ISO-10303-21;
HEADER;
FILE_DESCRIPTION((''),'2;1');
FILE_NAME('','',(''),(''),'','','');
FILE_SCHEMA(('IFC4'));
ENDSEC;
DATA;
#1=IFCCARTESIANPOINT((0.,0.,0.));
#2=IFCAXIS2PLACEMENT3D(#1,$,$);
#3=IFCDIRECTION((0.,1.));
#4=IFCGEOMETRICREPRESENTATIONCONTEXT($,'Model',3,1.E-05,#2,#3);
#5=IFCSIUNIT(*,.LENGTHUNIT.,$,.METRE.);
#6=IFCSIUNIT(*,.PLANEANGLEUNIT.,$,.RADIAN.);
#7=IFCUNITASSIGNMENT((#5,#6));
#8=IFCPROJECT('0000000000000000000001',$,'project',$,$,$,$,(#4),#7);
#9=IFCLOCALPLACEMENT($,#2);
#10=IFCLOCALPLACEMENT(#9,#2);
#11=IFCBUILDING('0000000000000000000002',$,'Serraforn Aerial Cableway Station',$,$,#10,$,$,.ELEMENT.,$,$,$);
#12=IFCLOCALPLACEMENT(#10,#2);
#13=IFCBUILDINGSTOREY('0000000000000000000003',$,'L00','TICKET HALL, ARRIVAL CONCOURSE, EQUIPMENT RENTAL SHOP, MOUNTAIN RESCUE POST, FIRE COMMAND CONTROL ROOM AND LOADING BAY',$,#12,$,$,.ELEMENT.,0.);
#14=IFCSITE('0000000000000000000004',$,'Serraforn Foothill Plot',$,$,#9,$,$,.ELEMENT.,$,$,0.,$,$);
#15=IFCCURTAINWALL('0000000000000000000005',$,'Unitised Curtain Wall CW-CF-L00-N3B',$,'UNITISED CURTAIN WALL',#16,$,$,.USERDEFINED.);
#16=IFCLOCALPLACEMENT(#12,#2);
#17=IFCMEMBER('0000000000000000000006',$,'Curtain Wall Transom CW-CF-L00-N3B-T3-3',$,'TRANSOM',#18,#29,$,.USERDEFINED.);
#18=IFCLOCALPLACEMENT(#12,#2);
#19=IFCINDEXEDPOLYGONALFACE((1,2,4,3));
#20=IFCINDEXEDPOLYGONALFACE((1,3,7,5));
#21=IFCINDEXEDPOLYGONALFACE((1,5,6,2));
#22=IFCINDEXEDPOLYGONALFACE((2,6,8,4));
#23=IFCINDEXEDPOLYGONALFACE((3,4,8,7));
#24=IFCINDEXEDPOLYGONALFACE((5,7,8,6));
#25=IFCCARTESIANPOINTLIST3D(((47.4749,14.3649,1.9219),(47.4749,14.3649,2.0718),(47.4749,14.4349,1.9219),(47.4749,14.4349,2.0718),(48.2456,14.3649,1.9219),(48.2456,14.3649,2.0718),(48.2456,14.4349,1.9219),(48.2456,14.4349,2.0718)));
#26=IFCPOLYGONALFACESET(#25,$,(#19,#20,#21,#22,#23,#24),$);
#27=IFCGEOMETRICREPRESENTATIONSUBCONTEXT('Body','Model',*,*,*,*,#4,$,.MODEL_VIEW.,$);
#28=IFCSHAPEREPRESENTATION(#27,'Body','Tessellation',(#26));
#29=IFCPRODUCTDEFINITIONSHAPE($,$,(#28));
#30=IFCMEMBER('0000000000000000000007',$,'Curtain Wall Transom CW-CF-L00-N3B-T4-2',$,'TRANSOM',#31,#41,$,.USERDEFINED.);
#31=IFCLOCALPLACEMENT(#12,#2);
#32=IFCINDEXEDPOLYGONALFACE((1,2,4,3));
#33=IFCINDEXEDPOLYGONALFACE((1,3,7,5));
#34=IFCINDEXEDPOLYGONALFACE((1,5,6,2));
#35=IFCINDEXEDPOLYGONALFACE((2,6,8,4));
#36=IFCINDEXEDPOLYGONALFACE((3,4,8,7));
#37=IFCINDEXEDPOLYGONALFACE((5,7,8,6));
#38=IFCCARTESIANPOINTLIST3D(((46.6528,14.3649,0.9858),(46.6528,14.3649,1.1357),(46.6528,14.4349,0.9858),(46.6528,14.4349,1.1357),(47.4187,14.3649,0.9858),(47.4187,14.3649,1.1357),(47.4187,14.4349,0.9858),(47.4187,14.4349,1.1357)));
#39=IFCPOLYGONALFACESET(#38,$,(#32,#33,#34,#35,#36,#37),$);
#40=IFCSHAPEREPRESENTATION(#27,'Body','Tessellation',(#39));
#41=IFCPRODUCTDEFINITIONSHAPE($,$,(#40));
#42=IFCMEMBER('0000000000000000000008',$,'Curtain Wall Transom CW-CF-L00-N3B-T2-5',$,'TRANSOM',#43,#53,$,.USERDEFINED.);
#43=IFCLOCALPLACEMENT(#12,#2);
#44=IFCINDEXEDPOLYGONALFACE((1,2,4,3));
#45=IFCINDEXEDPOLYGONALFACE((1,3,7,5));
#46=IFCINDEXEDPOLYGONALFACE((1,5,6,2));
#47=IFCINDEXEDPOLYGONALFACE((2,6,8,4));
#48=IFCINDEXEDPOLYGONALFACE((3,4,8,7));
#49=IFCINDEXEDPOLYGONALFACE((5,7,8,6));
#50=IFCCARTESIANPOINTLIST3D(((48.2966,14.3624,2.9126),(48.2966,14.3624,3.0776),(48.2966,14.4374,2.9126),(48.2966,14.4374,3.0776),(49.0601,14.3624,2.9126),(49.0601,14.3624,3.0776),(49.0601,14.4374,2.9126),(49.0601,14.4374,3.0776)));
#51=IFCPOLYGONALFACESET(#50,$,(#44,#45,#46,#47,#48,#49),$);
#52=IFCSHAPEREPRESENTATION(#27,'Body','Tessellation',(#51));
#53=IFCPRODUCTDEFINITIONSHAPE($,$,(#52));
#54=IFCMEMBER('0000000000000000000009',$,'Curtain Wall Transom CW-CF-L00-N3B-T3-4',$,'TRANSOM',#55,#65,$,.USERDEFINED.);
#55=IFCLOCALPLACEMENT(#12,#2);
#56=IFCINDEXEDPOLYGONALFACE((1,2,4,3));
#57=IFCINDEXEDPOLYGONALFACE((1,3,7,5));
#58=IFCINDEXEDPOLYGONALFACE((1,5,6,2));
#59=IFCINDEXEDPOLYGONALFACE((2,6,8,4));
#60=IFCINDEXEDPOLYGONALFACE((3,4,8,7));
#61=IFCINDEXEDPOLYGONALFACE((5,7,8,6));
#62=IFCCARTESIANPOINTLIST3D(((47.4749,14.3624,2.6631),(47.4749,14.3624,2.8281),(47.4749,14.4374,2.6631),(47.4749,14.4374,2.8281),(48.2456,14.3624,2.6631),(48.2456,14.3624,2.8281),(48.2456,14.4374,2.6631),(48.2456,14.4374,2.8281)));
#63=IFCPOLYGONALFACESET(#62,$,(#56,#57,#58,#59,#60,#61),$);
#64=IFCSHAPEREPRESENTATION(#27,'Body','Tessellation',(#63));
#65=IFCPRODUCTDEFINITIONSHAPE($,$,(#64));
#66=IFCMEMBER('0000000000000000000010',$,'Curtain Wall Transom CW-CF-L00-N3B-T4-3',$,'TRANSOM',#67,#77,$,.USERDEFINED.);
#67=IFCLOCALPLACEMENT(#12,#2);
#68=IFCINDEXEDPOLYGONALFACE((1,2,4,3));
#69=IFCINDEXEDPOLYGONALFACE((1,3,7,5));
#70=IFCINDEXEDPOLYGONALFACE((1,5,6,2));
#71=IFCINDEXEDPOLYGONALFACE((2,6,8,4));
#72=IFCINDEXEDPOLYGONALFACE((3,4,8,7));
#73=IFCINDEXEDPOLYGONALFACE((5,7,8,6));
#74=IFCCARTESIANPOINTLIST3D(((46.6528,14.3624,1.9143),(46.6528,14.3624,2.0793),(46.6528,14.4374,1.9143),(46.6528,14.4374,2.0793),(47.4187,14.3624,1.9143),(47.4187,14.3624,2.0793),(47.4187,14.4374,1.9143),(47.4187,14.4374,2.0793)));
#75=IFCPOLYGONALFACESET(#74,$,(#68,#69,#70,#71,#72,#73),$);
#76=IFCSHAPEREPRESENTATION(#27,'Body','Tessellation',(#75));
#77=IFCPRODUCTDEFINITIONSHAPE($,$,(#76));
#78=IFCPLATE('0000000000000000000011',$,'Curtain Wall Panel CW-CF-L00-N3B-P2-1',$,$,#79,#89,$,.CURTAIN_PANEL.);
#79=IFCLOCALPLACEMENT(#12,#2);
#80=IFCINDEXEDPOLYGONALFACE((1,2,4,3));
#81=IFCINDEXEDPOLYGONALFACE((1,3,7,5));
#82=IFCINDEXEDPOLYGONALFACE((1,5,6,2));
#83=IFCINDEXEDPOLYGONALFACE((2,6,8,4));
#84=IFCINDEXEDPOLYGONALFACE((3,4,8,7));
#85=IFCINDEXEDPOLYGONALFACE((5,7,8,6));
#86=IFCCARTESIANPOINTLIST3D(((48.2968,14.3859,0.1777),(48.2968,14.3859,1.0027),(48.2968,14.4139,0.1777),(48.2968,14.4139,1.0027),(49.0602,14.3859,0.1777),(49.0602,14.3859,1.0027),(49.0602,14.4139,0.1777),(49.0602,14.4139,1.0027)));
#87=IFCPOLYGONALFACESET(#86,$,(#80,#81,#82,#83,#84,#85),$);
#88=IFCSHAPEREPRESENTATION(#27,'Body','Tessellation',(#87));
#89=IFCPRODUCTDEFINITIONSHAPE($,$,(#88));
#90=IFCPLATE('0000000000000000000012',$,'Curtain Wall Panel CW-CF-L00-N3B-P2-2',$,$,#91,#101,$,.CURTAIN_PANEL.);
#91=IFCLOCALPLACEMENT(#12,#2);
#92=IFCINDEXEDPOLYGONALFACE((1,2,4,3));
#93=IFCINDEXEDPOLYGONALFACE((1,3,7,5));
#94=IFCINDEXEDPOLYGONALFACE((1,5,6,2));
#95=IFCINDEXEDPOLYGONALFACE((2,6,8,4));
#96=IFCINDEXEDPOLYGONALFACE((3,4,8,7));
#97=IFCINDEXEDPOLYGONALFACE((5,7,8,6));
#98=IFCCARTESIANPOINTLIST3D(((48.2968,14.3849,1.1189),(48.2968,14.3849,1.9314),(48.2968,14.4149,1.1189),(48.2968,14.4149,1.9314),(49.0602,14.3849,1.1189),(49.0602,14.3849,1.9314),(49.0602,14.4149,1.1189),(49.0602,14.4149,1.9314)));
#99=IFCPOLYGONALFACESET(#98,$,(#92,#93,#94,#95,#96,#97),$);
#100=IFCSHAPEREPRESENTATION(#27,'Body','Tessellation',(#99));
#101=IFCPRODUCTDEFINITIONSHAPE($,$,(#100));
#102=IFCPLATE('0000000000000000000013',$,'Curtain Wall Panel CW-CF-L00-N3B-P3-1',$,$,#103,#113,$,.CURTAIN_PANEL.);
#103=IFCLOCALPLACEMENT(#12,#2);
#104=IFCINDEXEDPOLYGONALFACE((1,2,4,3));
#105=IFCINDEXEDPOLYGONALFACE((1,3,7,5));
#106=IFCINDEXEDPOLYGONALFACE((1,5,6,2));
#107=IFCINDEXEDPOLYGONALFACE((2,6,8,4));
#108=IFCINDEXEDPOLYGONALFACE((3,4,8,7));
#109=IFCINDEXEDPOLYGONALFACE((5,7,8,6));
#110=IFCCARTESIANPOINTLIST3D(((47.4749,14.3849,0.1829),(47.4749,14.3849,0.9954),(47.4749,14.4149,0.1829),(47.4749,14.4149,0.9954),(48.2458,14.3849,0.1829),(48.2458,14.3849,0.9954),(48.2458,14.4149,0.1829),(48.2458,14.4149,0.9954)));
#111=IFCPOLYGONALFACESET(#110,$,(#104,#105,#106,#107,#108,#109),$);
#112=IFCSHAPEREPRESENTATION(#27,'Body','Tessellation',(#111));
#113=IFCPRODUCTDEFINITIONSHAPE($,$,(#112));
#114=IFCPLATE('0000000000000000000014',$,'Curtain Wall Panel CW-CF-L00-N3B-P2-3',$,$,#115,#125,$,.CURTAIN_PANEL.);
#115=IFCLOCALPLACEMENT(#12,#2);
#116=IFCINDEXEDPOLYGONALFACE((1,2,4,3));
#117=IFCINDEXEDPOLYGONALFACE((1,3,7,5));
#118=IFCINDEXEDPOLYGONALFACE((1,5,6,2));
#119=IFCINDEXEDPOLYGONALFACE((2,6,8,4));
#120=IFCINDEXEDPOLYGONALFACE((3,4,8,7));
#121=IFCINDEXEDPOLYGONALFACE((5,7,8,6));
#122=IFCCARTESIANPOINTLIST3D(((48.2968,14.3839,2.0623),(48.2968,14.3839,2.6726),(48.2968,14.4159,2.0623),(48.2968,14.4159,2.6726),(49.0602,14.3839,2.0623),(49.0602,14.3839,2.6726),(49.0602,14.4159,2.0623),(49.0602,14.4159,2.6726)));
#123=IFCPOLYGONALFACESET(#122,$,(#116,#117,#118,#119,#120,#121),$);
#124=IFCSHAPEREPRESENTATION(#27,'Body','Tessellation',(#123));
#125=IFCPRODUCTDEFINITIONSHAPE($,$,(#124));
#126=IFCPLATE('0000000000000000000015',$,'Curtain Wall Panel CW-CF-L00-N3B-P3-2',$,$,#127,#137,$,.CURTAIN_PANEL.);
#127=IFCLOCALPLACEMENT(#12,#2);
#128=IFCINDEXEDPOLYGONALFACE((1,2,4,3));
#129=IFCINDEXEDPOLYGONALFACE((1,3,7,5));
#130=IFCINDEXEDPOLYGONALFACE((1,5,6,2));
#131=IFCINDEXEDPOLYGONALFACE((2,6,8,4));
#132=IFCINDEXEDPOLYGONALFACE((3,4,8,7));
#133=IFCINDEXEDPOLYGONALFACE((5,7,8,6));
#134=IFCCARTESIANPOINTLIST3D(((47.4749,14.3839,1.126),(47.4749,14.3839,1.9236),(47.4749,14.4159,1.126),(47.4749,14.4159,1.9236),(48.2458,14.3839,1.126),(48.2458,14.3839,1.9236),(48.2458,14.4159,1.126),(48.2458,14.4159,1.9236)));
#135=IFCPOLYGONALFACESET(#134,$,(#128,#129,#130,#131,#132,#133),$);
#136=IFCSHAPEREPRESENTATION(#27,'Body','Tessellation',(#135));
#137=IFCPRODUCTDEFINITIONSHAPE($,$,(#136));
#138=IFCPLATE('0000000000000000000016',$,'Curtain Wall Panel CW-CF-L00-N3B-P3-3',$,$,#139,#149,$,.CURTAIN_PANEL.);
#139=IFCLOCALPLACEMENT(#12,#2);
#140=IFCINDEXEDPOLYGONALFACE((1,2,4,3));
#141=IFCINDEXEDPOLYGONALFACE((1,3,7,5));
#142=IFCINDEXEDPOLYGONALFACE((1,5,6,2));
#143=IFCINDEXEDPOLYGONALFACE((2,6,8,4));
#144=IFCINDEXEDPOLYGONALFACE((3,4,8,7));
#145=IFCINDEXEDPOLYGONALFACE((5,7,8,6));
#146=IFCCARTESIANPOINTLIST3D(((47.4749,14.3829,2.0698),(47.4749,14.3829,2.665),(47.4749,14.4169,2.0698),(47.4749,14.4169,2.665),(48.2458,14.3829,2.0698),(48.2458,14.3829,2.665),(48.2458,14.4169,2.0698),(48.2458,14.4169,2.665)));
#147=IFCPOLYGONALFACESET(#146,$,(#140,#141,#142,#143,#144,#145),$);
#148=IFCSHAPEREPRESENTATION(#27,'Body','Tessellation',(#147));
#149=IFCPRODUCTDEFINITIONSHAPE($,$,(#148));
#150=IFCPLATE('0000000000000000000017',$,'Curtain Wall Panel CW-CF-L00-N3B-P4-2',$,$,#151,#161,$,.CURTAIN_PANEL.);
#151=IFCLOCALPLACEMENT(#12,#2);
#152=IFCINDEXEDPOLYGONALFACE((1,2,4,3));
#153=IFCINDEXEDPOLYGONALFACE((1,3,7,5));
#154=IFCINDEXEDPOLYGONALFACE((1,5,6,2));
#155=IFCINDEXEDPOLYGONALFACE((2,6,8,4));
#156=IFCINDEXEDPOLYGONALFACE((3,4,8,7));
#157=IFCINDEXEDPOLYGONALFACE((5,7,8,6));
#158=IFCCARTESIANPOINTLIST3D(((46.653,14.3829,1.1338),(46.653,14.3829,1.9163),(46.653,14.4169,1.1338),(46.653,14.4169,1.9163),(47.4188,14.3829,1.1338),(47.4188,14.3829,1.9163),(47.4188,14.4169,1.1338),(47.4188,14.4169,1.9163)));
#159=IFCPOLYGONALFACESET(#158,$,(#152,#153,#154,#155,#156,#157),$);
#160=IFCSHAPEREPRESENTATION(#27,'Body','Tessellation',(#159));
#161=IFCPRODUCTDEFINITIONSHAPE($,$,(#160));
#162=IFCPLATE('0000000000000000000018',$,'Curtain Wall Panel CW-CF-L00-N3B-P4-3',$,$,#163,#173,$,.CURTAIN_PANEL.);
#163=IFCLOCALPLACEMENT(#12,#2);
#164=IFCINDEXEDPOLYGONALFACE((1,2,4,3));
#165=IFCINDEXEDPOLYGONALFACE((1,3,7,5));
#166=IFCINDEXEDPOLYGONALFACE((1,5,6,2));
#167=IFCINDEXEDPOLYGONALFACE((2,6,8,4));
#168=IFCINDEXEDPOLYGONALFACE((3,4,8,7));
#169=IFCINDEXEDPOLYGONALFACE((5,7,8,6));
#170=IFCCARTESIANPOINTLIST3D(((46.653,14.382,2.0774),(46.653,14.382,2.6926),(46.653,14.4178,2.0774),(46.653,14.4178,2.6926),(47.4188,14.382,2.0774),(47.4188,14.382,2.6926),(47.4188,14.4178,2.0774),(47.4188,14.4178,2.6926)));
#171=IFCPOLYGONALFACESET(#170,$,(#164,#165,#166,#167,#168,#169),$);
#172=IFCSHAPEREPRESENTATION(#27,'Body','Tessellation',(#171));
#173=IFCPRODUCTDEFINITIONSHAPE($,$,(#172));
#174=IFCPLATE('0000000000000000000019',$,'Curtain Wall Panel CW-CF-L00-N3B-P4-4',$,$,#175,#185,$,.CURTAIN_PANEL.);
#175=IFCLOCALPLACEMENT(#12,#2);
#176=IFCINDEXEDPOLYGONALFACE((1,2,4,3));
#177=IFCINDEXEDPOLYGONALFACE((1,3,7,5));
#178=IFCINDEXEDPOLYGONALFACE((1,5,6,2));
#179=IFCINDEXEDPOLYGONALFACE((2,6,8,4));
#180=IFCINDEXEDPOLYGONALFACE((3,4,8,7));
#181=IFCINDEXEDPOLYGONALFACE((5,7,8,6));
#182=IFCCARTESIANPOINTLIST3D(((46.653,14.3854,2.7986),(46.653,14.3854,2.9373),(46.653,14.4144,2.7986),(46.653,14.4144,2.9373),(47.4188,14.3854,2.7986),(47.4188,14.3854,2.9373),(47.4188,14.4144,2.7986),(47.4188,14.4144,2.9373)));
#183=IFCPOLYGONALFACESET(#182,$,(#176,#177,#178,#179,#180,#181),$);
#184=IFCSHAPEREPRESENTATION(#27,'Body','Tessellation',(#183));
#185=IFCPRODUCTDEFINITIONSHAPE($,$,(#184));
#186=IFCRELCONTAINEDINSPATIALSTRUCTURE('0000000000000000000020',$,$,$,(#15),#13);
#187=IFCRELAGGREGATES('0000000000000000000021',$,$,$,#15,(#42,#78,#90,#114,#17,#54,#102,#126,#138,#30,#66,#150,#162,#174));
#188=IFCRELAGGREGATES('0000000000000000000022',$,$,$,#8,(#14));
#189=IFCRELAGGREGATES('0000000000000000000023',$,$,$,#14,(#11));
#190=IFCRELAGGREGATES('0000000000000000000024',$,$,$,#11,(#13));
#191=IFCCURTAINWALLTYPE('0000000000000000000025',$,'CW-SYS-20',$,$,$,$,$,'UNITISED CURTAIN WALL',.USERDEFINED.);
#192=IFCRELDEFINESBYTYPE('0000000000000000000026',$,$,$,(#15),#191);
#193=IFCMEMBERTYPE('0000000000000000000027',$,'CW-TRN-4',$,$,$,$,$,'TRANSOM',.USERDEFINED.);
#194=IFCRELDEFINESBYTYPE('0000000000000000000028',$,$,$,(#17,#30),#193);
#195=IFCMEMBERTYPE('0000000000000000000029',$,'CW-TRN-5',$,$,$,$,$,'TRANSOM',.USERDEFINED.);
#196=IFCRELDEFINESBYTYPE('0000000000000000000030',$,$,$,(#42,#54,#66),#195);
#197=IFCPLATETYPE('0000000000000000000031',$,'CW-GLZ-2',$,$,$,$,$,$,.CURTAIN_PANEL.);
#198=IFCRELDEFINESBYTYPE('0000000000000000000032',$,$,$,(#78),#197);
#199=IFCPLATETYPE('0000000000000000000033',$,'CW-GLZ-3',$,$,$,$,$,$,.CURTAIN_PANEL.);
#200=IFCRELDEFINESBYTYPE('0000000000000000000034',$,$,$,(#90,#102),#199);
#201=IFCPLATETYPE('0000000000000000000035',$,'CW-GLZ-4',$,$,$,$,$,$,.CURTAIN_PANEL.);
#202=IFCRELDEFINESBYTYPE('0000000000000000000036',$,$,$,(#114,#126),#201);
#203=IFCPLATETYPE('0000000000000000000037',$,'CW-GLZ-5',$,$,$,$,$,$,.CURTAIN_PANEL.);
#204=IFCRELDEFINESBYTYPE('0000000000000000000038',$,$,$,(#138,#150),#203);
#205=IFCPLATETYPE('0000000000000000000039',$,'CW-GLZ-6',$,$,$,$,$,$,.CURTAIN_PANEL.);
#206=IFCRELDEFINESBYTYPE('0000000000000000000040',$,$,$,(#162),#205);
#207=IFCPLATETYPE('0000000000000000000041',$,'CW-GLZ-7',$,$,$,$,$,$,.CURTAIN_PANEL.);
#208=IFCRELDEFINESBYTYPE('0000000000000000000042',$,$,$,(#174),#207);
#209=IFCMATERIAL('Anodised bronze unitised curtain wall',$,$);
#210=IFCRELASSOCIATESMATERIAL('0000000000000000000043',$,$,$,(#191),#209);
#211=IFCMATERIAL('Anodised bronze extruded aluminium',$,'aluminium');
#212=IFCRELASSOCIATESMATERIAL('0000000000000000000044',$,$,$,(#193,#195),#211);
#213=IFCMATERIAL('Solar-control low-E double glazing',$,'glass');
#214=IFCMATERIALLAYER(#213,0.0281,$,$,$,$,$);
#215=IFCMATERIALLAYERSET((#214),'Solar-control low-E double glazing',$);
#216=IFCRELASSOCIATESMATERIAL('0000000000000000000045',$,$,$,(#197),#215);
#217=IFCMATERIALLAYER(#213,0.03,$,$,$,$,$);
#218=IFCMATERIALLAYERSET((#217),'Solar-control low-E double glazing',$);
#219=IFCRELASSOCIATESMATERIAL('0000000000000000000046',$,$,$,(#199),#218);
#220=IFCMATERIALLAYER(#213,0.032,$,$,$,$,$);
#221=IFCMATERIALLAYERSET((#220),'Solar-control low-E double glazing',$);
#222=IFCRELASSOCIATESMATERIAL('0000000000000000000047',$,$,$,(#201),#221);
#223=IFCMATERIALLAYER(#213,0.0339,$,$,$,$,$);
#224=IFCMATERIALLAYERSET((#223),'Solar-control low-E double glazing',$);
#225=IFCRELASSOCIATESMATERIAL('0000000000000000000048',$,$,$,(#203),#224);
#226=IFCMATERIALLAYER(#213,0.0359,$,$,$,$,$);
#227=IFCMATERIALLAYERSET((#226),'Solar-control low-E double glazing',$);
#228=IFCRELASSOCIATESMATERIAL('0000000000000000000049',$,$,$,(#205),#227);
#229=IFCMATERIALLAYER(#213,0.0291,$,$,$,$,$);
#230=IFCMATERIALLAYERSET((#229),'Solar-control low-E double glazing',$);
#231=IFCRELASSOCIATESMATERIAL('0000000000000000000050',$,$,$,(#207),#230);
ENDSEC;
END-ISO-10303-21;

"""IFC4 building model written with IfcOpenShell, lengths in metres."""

from ifc_helpers import new_model, si_unit, direction, frame, origin, origin_2d, place, context, subcontext, project, spatial, rectangle, extrude, material, layer, layer_set, material_profile, profile_set, type_object, element, aggregate, save


model = new_model("IFC4")

# Units and contexts
model_context = context("Model", 3, precision=1e-05, world=origin(), true_north=direction((0.0, 1.0)))
body_context = subcontext(model_context, "Body", "Model", "MODEL_VIEW")
ifc_project = project(units=[si_unit("LENGTHUNIT", "METRE"), si_unit("PLANEANGLEUNIT", "RADIAN")], contexts=[model_context])

# Site, building, storey
site_placement = place(None, origin())
site = spatial("IfcSite", under=ifc_project, at=site_placement, Name="Serraforn Foothill Plot", CompositionType="ELEMENT", RefElevation=0.0)
building_placement = place(site_placement, origin())
building = spatial("IfcBuilding", under=site, at=building_placement, Name="Serraforn Aerial Cableway Station", CompositionType="ELEMENT")
storey_placement = place(building_placement, origin())
storey = spatial("IfcBuildingStorey", under=building, at=storey_placement, Name="L00", Description="TICKET HALL, ARRIVAL CONCOURSE, EQUIPMENT RENTAL SHOP, MOUNTAIN RESCUE POST, FIRE COMMAND CONTROL ROOM AND LOADING BAY", CompositionType="ELEMENT", Elevation=0.0)

# Curtain wall, members, plates
ifc_material_1 = material(Name="Anodised bronze unitised curtain wall")
curtain_wall_type = type_object("IfcCurtainWallType", Name="CW-SYS-20", ElementType="UNITISED CURTAIN WALL", PredefinedType="USERDEFINED", material=ifc_material_1)
curtain_wall_placement = place(storey_placement, origin())
curtain_wall = element("IfcCurtainWall", 1, at=curtain_wall_placement, inside=storey, type_object=curtain_wall_type, Name="Unitised Curtain Wall CW-CF-L00-N3B", ObjectType="UNITISED CURTAIN WALL", PredefinedType="USERDEFINED")
ifc_material_2 = material(Name="Anodised bronze extruded aluminium", Category="aluminium")
ifc_material_profile_1 = material_profile(ifc_material_2, rectangle(XDim=0.0701, YDim=0.1499, at=origin_2d()), Name="CW TRANSOM 70x150")
ifc_profile_set_1 = profile_set([ifc_material_profile_1], Name="Anodised bronze extruded aluminium")
member_type_1 = type_object("IfcMemberType", Name="CW-TRN-4", ElementType="TRANSOM", PredefinedType="USERDEFINED", material=ifc_profile_set_1)
member_1_placement = place(storey_placement, frame((48.2456, 14.3999, 1.9968), z_axis=(-1.0, 0.0, 0.0), x_axis=(0.0, -1.0, 0.0)))
member_1 = element("IfcMember", 2, at=member_1_placement, type_object=member_type_1, Name="Curtain Wall Transom CW-CF-L00-N3B-T3-3", ObjectType="TRANSOM", PredefinedType="USERDEFINED", context=body_context, shape_type="SweptSolid", body=[
    extrude(rectangle(XDim=0.0701, YDim=0.1499, at=origin_2d()), origin(), (0.0, 0.0, 1.0), 0.7708),
])
member_2_placement = place(storey_placement, frame((47.4187, 14.3999, 1.0608), z_axis=(-1.0, 0.0, 0.0), x_axis=(0.0, -1.0, 0.0)))
member_2 = element("IfcMember", 3, at=member_2_placement, type_object=member_type_1, Name="Curtain Wall Transom CW-CF-L00-N3B-T4-2", ObjectType="TRANSOM", PredefinedType="USERDEFINED", context=body_context, shape_type="SweptSolid", body=[
    extrude(rectangle(XDim=0.0701, YDim=0.1499, at=origin_2d()), origin(), (0.0, 0.0, 1.0), 0.7659),
])
ifc_material_profile_2 = material_profile(ifc_material_2, rectangle(XDim=0.075, YDim=0.165, at=origin_2d()), Name="CW TRANSOM 75x165")
ifc_profile_set_2 = profile_set([ifc_material_profile_2], Name="Anodised bronze extruded aluminium")
member_type_2 = type_object("IfcMemberType", Name="CW-TRN-5", ElementType="TRANSOM", PredefinedType="USERDEFINED", material=ifc_profile_set_2)
member_3_placement = place(storey_placement, frame((49.0601, 14.3999, 2.9951), z_axis=(-1.0, 0.0, 0.0), x_axis=(0.0, -1.0, 0.0)))
member_3 = element("IfcMember", 4, at=member_3_placement, type_object=member_type_2, Name="Curtain Wall Transom CW-CF-L00-N3B-T2-5", ObjectType="TRANSOM", PredefinedType="USERDEFINED", context=body_context, shape_type="SweptSolid", body=[
    extrude(rectangle(XDim=0.075, YDim=0.165, at=origin_2d()), origin(), (0.0, 0.0, 1.0), 0.7634),
])
member_4_placement = place(storey_placement, frame((48.2456, 14.3999, 2.7456), z_axis=(-1.0, 0.0, 0.0), x_axis=(0.0, -1.0, 0.0)))
member_4 = element("IfcMember", 5, at=member_4_placement, type_object=member_type_2, Name="Curtain Wall Transom CW-CF-L00-N3B-T3-4", ObjectType="TRANSOM", PredefinedType="USERDEFINED", context=body_context, shape_type="SweptSolid", body=[
    extrude(rectangle(XDim=0.075, YDim=0.165, at=origin_2d()), origin(), (0.0, 0.0, 1.0), 0.7708),
])
member_5_placement = place(storey_placement, frame((47.4187, 14.3999, 1.9968), z_axis=(-1.0, 0.0, 0.0), x_axis=(0.0, -1.0, 0.0)))
member_5 = element("IfcMember", 6, at=member_5_placement, type_object=member_type_2, Name="Curtain Wall Transom CW-CF-L00-N3B-T4-3", ObjectType="TRANSOM", PredefinedType="USERDEFINED", context=body_context, shape_type="SweptSolid", body=[
    extrude(rectangle(XDim=0.075, YDim=0.165, at=origin_2d()), origin(), (0.0, 0.0, 1.0), 0.7659),
])
ifc_material_3 = material(Name="Solar-control low-E double glazing", Category="glass")
ifc_layer_1 = layer(ifc_material_3, 0.0281)
ifc_layer_set_1 = layer_set([ifc_layer_1], Name="Solar-control low-E double glazing")
plate_type_1 = type_object("IfcPlateType", Name="CW-GLZ-2", PredefinedType="CURTAIN_PANEL", material=ifc_layer_set_1)
plate_1_placement = place(storey_placement, frame((48.6785, 14.3999, 0.1777), z_axis=(0.0, 0.0, 1.0), x_axis=(1.0, 0.0, 0.0)))
plate_1 = element("IfcPlate", 7, at=plate_1_placement, type_object=plate_type_1, Name="Curtain Wall Panel CW-CF-L00-N3B-P2-1", PredefinedType="CURTAIN_PANEL", context=body_context, shape_type="SweptSolid", body=[
    extrude(rectangle(XDim=0.7634, YDim=0.0281, at=origin_2d()), origin(), (0.0, 0.0, 1.0), 0.825),
])
ifc_layer_2 = layer(ifc_material_3, 0.03)
ifc_layer_set_2 = layer_set([ifc_layer_2], Name="Solar-control low-E double glazing")
plate_type_2 = type_object("IfcPlateType", Name="CW-GLZ-3", PredefinedType="CURTAIN_PANEL", material=ifc_layer_set_2)
plate_2_placement = place(storey_placement, frame((48.6785, 14.3999, 1.1189), z_axis=(0.0, 0.0, 1.0), x_axis=(1.0, 0.0, 0.0)))
plate_2 = element("IfcPlate", 8, at=plate_2_placement, type_object=plate_type_2, Name="Curtain Wall Panel CW-CF-L00-N3B-P2-2", PredefinedType="CURTAIN_PANEL", context=body_context, shape_type="SweptSolid", body=[
    extrude(rectangle(XDim=0.7634, YDim=0.03, at=origin_2d()), origin(), (0.0, 0.0, 1.0), 0.8125),
])
plate_3_placement = place(storey_placement, frame((47.8604, 14.3999, 0.1829), z_axis=(0.0, 0.0, 1.0), x_axis=(1.0, 0.0, 0.0)))
plate_3 = element("IfcPlate", 9, at=plate_3_placement, type_object=plate_type_2, Name="Curtain Wall Panel CW-CF-L00-N3B-P3-1", PredefinedType="CURTAIN_PANEL", context=body_context, shape_type="SweptSolid", body=[
    extrude(rectangle(XDim=0.771, YDim=0.03, at=origin_2d()), origin(), (0.0, 0.0, 1.0), 0.8125),
])
ifc_layer_3 = layer(ifc_material_3, 0.032)
ifc_layer_set_3 = layer_set([ifc_layer_3], Name="Solar-control low-E double glazing")
plate_type_3 = type_object("IfcPlateType", Name="CW-GLZ-4", PredefinedType="CURTAIN_PANEL", material=ifc_layer_set_3)
plate_4_placement = place(storey_placement, frame((48.6785, 14.3999, 2.0623), z_axis=(0.0, 0.0, 1.0), x_axis=(1.0, 0.0, 0.0)))
plate_4 = element("IfcPlate", 10, at=plate_4_placement, type_object=plate_type_3, Name="Curtain Wall Panel CW-CF-L00-N3B-P2-3", PredefinedType="CURTAIN_PANEL", context=body_context, shape_type="SweptSolid", body=[
    extrude(rectangle(XDim=0.7634, YDim=0.032, at=origin_2d()), origin(), (0.0, 0.0, 1.0), 0.6104),
])
plate_5_placement = place(storey_placement, frame((47.8604, 14.3999, 1.126), z_axis=(0.0, 0.0, 1.0), x_axis=(1.0, 0.0, 0.0)))
plate_5 = element("IfcPlate", 11, at=plate_5_placement, type_object=plate_type_3, Name="Curtain Wall Panel CW-CF-L00-N3B-P3-2", PredefinedType="CURTAIN_PANEL", context=body_context, shape_type="SweptSolid", body=[
    extrude(rectangle(XDim=0.771, YDim=0.032, at=origin_2d()), origin(), (0.0, 0.0, 1.0), 0.7976),
])
ifc_layer_4 = layer(ifc_material_3, 0.0339)
ifc_layer_set_4 = layer_set([ifc_layer_4], Name="Solar-control low-E double glazing")
plate_type_4 = type_object("IfcPlateType", Name="CW-GLZ-5", PredefinedType="CURTAIN_PANEL", material=ifc_layer_set_4)
plate_6_placement = place(storey_placement, frame((47.8604, 14.3999, 2.0698), z_axis=(0.0, 0.0, 1.0), x_axis=(1.0, 0.0, 0.0)))
plate_6 = element("IfcPlate", 12, at=plate_6_placement, type_object=plate_type_4, Name="Curtain Wall Panel CW-CF-L00-N3B-P3-3", PredefinedType="CURTAIN_PANEL", context=body_context, shape_type="SweptSolid", body=[
    extrude(rectangle(XDim=0.771, YDim=0.0339, at=origin_2d()), origin(), (0.0, 0.0, 1.0), 0.5952),
])
plate_7_placement = place(storey_placement, frame((47.0359, 14.3999, 1.1338), z_axis=(0.0, 0.0, 1.0), x_axis=(1.0, 0.0, 0.0)))
plate_7 = element("IfcPlate", 13, at=plate_7_placement, type_object=plate_type_4, Name="Curtain Wall Panel CW-CF-L00-N3B-P4-2", PredefinedType="CURTAIN_PANEL", context=body_context, shape_type="SweptSolid", body=[
    extrude(rectangle(XDim=0.7659, YDim=0.0339, at=origin_2d()), origin(), (0.0, 0.0, 1.0), 0.7825),
])
ifc_layer_5 = layer(ifc_material_3, 0.0359)
ifc_layer_set_5 = layer_set([ifc_layer_5], Name="Solar-control low-E double glazing")
plate_type_5 = type_object("IfcPlateType", Name="CW-GLZ-6", PredefinedType="CURTAIN_PANEL", material=ifc_layer_set_5)
plate_8_placement = place(storey_placement, frame((47.0359, 14.3999, 2.0774), z_axis=(0.0, 0.0, 1.0), x_axis=(1.0, 0.0, 0.0)))
plate_8 = element("IfcPlate", 14, at=plate_8_placement, type_object=plate_type_5, Name="Curtain Wall Panel CW-CF-L00-N3B-P4-3", PredefinedType="CURTAIN_PANEL", context=body_context, shape_type="SweptSolid", body=[
    extrude(rectangle(XDim=0.7659, YDim=0.0359, at=origin_2d()), origin(), (0.0, 0.0, 1.0), 0.6152),
])
ifc_layer_6 = layer(ifc_material_3, 0.0291)
ifc_layer_set_6 = layer_set([ifc_layer_6], Name="Solar-control low-E double glazing")
plate_type_6 = type_object("IfcPlateType", Name="CW-GLZ-7", PredefinedType="CURTAIN_PANEL", material=ifc_layer_set_6)
plate_9_placement = place(storey_placement, frame((47.0359, 14.3999, 2.7986), z_axis=(0.0, 0.0, 1.0), x_axis=(1.0, 0.0, 0.0)))
plate_9 = element("IfcPlate", 15, at=plate_9_placement, type_object=plate_type_6, Name="Curtain Wall Panel CW-CF-L00-N3B-P4-4", PredefinedType="CURTAIN_PANEL", context=body_context, shape_type="SweptSolid", body=[
    extrude(rectangle(XDim=0.7659, YDim=0.0291, at=origin_2d()), origin(), (0.0, 0.0, 1.0), 0.1387),
])
aggregate(curtain_wall, [member_3, plate_1, plate_2, plate_4, member_1, member_4, plate_3, plate_5, plate_6, member_2, member_5, plate_7, plate_8, plate_9])

save(model, "model.ifc")
